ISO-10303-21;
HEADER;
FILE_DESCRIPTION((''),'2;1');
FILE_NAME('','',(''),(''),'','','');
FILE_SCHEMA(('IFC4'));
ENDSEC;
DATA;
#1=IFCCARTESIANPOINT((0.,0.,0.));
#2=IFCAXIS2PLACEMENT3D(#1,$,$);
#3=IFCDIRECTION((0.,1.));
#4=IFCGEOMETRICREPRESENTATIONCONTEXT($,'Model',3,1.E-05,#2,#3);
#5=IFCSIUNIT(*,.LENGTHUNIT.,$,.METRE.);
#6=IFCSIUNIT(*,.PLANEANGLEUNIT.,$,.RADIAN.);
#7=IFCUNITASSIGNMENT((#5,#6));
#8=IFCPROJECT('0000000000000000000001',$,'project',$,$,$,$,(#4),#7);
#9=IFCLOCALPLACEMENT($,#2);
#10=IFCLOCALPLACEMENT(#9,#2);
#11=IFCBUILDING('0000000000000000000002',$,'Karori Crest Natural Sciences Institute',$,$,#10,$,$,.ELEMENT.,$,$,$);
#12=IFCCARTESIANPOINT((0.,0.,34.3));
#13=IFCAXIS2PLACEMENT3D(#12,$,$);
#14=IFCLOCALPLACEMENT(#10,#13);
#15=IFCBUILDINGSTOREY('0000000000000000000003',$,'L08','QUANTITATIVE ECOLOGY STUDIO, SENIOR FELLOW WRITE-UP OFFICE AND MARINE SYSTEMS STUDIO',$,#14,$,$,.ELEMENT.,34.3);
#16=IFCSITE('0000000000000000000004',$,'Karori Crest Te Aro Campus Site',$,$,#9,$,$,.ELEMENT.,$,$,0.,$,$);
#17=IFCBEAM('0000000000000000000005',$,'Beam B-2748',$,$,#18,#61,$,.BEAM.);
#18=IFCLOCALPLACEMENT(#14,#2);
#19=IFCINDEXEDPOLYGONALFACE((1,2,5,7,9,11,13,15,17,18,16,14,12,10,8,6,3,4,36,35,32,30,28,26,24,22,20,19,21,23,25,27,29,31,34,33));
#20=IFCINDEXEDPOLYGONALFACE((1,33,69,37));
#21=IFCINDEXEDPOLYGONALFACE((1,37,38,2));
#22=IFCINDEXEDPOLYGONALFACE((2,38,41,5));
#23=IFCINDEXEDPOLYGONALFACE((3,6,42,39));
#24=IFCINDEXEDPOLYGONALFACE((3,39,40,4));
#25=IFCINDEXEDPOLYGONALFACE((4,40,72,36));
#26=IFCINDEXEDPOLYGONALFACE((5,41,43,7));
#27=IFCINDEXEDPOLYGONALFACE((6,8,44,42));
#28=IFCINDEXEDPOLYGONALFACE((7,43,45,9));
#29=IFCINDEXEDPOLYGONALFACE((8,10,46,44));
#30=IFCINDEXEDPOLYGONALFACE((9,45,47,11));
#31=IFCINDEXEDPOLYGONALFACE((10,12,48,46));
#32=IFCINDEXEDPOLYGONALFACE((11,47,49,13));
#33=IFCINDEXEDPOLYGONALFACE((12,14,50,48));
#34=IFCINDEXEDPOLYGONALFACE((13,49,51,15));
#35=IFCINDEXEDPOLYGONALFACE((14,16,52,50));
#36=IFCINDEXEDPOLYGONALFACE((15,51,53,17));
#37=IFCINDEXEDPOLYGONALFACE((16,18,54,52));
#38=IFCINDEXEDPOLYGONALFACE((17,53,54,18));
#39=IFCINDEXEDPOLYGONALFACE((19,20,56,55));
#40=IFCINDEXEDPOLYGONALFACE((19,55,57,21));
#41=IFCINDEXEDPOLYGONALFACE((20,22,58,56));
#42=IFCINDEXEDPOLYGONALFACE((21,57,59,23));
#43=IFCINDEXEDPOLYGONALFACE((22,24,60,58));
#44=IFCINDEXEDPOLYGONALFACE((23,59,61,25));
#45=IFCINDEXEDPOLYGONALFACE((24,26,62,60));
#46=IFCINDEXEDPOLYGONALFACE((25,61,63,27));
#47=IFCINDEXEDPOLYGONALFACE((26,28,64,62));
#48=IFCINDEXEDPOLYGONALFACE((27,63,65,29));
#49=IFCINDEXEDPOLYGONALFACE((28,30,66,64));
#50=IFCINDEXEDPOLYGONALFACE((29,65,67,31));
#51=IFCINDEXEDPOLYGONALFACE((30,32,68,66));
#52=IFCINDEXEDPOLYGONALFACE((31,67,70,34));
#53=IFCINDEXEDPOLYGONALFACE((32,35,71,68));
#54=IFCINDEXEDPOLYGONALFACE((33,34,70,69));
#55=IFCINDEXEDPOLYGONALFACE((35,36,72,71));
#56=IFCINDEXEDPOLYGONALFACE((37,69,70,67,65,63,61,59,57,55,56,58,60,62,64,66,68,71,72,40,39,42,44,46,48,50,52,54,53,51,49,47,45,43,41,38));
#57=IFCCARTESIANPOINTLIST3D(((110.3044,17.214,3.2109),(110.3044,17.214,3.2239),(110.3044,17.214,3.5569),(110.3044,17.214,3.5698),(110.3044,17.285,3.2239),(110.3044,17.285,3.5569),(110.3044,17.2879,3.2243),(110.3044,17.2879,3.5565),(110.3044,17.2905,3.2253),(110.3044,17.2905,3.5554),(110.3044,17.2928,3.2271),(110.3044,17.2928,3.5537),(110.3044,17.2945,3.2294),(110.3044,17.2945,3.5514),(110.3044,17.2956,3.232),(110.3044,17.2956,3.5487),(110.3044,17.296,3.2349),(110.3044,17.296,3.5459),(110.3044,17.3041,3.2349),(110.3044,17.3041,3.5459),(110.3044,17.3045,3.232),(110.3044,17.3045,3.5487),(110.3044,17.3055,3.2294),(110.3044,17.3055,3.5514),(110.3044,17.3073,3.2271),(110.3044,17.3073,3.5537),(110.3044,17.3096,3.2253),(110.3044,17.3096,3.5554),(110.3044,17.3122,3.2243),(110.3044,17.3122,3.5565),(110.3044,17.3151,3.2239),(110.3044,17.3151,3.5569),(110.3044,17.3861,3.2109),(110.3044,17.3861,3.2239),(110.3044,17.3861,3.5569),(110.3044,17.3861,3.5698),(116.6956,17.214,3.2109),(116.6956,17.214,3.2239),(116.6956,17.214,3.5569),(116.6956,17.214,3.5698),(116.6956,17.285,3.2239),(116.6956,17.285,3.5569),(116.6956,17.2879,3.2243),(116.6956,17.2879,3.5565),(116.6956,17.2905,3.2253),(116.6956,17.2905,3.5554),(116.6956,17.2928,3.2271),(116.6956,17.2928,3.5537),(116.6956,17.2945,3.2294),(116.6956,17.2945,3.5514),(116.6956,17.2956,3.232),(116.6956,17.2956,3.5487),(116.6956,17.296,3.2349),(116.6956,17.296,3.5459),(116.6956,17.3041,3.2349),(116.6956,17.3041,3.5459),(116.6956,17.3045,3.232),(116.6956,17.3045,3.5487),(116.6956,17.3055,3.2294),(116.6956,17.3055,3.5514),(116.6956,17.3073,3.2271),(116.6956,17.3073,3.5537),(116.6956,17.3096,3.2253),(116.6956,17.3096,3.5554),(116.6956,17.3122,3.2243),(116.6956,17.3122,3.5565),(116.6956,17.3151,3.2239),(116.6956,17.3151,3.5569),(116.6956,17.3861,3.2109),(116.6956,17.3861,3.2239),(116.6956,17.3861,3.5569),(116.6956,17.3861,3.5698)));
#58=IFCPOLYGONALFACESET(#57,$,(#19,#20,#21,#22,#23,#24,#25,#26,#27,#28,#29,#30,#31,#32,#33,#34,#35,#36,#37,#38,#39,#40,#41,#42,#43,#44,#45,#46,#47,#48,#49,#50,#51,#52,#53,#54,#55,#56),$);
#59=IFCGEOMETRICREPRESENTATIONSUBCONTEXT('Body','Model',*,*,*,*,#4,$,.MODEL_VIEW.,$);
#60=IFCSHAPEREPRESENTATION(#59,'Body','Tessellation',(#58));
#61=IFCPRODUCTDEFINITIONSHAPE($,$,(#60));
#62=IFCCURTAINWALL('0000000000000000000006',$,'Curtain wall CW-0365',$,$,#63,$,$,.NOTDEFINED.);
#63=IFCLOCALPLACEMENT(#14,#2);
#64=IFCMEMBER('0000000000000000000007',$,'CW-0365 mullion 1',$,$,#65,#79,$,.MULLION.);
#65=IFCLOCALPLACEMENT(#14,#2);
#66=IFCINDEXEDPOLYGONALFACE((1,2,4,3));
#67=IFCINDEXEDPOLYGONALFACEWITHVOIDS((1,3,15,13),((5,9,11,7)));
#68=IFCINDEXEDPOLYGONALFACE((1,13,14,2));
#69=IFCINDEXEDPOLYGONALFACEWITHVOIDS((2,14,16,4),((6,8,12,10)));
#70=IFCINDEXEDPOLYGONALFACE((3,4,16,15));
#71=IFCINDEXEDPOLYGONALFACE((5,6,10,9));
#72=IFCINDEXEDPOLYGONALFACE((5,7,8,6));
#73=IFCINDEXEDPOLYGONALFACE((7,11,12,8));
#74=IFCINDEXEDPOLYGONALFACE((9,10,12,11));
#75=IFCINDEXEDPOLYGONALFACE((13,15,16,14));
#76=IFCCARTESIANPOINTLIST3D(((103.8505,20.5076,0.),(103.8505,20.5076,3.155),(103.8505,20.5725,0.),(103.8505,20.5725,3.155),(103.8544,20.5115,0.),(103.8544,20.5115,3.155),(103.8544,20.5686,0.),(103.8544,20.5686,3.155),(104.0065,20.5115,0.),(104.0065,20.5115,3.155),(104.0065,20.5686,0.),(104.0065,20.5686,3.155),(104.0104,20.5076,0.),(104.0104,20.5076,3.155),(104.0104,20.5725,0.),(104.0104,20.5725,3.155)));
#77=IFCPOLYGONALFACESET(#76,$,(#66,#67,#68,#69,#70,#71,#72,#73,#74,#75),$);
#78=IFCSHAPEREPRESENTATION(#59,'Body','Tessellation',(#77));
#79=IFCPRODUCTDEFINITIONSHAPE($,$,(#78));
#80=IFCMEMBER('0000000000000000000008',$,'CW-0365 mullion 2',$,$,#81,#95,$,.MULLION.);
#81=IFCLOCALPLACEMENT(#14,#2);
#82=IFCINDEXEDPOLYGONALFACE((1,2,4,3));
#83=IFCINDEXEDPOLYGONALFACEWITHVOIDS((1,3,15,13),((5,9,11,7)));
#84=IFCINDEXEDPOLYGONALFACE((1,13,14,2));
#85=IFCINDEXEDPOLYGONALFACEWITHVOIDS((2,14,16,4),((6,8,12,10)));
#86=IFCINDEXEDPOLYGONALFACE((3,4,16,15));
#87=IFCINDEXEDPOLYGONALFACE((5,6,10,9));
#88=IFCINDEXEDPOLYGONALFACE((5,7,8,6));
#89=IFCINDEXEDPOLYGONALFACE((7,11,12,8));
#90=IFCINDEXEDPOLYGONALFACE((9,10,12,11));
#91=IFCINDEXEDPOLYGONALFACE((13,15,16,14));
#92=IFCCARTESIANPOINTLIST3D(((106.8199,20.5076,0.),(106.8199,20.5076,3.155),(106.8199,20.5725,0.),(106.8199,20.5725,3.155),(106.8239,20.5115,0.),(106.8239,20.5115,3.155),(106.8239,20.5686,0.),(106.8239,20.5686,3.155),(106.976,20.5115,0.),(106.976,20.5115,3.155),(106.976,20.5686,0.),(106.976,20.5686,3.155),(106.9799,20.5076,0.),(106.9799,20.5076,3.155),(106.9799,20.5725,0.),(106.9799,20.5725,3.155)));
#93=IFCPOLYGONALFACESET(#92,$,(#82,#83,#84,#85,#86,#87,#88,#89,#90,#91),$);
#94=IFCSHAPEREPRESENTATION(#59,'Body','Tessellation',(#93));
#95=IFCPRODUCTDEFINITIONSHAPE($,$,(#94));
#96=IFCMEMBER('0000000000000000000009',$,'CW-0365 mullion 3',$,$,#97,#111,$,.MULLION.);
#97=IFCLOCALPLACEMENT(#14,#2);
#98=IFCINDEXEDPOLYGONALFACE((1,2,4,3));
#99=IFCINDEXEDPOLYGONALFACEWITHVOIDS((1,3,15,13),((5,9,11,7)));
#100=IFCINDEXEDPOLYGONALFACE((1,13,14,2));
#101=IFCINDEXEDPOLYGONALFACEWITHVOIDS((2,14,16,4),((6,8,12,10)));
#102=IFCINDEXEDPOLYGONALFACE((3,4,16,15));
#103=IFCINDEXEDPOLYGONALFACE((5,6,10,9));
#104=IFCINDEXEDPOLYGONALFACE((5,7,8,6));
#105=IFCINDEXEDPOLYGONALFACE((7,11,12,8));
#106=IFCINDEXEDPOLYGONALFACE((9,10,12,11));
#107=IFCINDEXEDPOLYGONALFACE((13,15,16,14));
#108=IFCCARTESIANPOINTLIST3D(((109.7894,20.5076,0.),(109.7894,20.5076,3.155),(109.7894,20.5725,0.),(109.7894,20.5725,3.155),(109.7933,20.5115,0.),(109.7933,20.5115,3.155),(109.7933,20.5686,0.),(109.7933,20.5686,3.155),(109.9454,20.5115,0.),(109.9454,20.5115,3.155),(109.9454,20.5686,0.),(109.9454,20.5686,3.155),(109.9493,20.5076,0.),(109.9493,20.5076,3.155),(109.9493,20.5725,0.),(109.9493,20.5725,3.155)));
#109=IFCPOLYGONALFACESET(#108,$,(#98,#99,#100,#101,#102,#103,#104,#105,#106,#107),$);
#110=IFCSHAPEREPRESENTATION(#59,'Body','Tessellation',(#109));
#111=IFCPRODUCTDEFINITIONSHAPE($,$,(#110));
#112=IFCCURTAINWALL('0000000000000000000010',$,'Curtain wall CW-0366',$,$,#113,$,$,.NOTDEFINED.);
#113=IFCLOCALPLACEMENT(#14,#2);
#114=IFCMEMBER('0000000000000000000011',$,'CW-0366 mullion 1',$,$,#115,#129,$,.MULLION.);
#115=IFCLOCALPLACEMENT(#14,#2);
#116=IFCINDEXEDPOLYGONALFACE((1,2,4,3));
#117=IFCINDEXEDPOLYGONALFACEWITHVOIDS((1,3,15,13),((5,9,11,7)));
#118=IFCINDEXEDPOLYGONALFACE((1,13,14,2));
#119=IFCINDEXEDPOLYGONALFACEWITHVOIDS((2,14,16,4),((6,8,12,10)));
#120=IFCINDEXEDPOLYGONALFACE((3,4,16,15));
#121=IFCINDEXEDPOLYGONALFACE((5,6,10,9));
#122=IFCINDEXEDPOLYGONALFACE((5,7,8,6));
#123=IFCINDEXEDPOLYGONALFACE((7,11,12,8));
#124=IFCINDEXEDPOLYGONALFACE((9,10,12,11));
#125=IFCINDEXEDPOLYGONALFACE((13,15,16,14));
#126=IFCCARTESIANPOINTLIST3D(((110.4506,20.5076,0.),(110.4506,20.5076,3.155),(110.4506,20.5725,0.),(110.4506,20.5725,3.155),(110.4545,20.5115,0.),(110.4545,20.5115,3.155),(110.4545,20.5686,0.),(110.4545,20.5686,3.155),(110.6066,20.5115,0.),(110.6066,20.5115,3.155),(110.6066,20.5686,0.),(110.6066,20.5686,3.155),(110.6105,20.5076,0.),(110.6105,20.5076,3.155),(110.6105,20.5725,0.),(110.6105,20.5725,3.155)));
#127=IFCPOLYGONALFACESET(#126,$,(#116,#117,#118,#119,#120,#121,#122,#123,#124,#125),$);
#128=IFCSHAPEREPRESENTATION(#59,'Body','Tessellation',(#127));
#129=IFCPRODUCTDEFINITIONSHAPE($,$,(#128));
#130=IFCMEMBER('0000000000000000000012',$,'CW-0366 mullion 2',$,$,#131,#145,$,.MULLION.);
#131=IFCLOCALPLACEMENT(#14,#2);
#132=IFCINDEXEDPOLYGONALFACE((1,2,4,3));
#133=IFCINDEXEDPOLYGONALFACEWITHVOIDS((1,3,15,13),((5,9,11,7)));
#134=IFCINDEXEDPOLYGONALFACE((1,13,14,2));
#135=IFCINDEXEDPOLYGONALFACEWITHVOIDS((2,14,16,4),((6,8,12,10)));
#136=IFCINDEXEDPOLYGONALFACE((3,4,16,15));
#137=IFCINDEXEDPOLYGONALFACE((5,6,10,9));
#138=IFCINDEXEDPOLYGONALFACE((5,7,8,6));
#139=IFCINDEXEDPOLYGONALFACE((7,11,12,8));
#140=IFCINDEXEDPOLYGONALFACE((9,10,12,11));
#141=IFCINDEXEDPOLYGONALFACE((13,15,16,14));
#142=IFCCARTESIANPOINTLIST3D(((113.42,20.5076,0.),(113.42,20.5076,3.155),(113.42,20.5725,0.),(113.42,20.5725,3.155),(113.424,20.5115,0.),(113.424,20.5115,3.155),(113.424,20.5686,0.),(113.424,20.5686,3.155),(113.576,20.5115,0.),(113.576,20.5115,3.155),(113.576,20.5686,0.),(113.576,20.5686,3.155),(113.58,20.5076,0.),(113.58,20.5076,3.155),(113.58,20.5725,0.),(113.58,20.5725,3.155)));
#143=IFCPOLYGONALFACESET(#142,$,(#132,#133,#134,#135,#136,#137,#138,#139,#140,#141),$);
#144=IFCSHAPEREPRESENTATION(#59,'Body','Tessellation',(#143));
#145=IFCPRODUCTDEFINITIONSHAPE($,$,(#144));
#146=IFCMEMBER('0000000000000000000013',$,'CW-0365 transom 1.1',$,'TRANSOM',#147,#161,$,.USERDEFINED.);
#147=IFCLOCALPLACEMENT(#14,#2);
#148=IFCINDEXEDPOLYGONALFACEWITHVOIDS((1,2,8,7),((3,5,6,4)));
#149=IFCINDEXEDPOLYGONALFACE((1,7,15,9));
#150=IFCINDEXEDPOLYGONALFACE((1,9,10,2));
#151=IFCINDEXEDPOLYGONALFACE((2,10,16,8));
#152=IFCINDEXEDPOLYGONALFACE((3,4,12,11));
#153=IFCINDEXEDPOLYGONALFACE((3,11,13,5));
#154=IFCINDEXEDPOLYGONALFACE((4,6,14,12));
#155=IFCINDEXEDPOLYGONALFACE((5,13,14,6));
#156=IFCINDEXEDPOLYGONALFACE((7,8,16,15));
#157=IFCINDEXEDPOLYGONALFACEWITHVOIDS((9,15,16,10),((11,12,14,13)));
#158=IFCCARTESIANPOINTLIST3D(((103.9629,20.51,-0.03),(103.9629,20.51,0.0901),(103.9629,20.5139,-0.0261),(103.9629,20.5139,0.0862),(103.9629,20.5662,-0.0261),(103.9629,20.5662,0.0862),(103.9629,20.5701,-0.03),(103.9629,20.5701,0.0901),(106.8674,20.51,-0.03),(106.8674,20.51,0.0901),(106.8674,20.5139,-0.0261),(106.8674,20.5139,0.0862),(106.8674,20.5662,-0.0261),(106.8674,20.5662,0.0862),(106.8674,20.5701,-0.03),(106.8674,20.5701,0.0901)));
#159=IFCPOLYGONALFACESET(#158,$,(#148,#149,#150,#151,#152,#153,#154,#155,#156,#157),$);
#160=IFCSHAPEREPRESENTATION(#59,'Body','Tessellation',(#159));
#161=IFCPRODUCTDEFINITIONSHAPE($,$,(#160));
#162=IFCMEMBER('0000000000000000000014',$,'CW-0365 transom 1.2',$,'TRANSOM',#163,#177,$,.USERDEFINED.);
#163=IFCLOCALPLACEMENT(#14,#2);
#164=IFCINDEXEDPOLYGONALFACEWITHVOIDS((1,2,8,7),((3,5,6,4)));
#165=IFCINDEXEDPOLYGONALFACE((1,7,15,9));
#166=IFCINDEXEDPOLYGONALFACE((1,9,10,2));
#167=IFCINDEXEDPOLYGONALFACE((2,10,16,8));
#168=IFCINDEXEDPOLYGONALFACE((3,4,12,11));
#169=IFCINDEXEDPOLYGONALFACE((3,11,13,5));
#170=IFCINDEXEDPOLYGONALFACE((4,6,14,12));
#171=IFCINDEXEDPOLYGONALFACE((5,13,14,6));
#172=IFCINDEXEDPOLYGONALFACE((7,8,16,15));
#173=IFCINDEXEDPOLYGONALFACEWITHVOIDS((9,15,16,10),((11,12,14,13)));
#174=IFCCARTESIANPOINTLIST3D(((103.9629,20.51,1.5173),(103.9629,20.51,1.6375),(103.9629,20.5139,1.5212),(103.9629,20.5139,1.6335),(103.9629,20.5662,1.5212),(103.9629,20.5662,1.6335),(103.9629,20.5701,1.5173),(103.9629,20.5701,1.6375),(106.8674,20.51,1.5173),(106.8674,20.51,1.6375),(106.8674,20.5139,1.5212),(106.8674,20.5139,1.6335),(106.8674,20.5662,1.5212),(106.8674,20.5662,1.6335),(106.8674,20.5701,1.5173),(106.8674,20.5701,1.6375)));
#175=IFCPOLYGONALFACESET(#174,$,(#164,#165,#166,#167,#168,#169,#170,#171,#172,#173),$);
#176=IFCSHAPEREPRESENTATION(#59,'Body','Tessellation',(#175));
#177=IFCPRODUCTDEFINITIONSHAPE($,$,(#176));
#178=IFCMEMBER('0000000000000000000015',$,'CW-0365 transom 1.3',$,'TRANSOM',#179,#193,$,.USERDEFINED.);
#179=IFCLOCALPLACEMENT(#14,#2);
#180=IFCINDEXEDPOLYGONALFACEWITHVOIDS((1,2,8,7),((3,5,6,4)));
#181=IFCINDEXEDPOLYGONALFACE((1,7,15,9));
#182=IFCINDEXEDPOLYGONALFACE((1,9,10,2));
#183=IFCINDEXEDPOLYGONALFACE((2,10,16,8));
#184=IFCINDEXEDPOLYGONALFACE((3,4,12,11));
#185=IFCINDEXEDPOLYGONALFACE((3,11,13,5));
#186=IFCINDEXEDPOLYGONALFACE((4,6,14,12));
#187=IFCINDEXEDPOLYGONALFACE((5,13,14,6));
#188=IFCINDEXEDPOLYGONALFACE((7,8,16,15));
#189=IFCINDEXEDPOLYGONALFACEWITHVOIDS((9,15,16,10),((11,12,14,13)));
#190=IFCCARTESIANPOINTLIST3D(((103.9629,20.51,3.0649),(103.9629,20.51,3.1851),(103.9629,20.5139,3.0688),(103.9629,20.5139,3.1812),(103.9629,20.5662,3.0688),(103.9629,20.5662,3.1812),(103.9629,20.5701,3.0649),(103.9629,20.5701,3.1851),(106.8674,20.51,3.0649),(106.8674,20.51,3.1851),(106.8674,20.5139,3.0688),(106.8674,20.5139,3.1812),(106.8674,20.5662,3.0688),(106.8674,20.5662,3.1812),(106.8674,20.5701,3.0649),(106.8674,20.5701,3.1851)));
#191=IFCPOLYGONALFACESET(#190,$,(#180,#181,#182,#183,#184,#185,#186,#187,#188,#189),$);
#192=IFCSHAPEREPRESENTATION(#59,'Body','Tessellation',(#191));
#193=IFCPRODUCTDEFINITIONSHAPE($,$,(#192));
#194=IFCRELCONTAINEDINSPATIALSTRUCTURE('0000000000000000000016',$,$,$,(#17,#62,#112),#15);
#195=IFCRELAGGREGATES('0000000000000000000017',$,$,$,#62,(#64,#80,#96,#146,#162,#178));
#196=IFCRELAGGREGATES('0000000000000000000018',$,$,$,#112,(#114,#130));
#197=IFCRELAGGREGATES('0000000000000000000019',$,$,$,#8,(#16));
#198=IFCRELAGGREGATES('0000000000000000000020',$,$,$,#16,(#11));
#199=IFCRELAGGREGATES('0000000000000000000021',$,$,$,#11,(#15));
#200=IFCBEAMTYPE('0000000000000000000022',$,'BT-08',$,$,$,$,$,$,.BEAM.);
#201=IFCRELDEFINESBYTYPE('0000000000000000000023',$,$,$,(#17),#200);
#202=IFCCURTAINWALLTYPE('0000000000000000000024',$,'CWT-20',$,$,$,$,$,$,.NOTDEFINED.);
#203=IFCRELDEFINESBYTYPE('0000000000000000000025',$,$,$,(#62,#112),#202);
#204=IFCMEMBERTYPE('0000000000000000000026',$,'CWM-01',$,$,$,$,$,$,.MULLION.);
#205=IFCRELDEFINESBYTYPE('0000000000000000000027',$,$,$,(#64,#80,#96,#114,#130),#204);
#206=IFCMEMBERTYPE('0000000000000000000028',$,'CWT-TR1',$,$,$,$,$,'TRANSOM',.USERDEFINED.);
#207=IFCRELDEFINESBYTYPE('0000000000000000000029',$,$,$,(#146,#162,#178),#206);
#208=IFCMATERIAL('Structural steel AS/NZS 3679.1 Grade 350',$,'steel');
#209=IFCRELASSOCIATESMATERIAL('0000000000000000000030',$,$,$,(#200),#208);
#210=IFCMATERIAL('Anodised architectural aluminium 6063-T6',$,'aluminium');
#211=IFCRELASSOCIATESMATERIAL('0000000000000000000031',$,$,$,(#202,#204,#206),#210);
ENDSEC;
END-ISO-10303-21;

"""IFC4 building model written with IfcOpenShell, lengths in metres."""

from ifc_helpers import new_model, si_unit, direction, frame, origin, origin_2d, place, context, subcontext, project, spatial, hollow_rectangle, i_section, extrude, material, material_profile, profile_set, type_object, element, aggregate, save


model = new_model("IFC4")

# Units and contexts
model_context = context("Model", 3, precision=1e-05, world=origin(), true_north=direction((0.0, 1.0)))
body_context = subcontext(model_context, "Body", "Model", "MODEL_VIEW")
ifc_project = project(units=[si_unit("LENGTHUNIT", "METRE"), si_unit("PLANEANGLEUNIT", "RADIAN")], contexts=[model_context])

# Site, building, storey
site_placement = place(None, origin())
site = spatial("IfcSite", under=ifc_project, at=site_placement, Name="Karori Crest Te Aro Campus Site", CompositionType="ELEMENT", RefElevation=0.0)
building_placement = place(site_placement, origin())
building = spatial("IfcBuilding", under=site, at=building_placement, Name="Karori Crest Natural Sciences Institute", CompositionType="ELEMENT")
storey_placement = place(building_placement, frame((0.0, 0.0, 34.3)))
storey = spatial("IfcBuildingStorey", under=building, at=storey_placement, Name="L08", Description="QUANTITATIVE ECOLOGY STUDIO, SENIOR FELLOW WRITE-UP OFFICE AND MARINE SYSTEMS STUDIO", CompositionType="ELEMENT", Elevation=34.3)

# Beam
ifc_material_1 = material(Name="Structural steel AS/NZS 3679.1 Grade 350", Category="steel")
ifc_material_profile_1 = material_profile(ifc_material_1, i_section(OverallWidth=0.1721, OverallDepth=0.3589, WebThickness=0.0081, FlangeThickness=0.0129, FilletRadius=0.011, at=origin_2d()), Name="360UB56.7")
ifc_profile_set_1 = profile_set([ifc_material_profile_1], Name="Structural steel AS/NZS 3679.1 Grade 350")
beam_type = type_object("IfcBeamType", Name="BT-08", PredefinedType="BEAM", material=ifc_profile_set_1)
beam_placement = place(storey_placement, frame((110.3044, 17.3, 3.3904), z_axis=(1.0, 0.0, 0.0), x_axis=(0.0, 1.0, 0.0)))
element("IfcBeam", 1, at=beam_placement, inside=storey, type_object=beam_type, Name="Beam B-2748", PredefinedType="BEAM", context=body_context, shape_type="SweptSolid", body=[
    extrude(i_section(OverallWidth=0.1721, OverallDepth=0.3589, WebThickness=0.0081, FlangeThickness=0.0129, FilletRadius=0.011, at=origin_2d()), origin(), (0.0, 0.0, 1.0), 6.3911),
])

# Curtain walls, members
ifc_material_2 = material(Name="Anodised architectural aluminium 6063-T6", Category="aluminium")
curtain_wall_type = type_object("IfcCurtainWallType", Name="CWT-20", PredefinedType="NOTDEFINED", material=ifc_material_2)
curtain_wall_1_placement = place(storey_placement, origin())
curtain_wall_1 = element("IfcCurtainWall", 2, at=curtain_wall_1_placement, inside=storey, type_object=curtain_wall_type, Name="Curtain wall CW-0365", PredefinedType="NOTDEFINED")
ifc_material_profile_2 = material_profile(ifc_material_2, hollow_rectangle(XDim=0.0649, YDim=0.1599, WallThickness=0.0039, at=origin_2d()), Name="CWM160x65x4")
ifc_profile_set_2 = profile_set([ifc_material_profile_2], Name="Anodised architectural aluminium 6063-T6")
member_type_1 = type_object("IfcMemberType", Name="CWM-01", PredefinedType="MULLION", material=ifc_profile_set_2)
member_1_placement = place(storey_placement, frame((103.9304, 20.54, 0.0), z_axis=(0.0, 0.0, 1.0), x_axis=(0.0, 1.0, 0.0)))
member_1 = element("IfcMember", 3, at=member_1_placement, type_object=member_type_1, Name="CW-0365 mullion 1", PredefinedType="MULLION", context=body_context, shape_type="SweptSolid", body=[
    extrude(hollow_rectangle(XDim=0.0649, YDim=0.1599, WallThickness=0.0039, at=origin_2d()), origin(), (0.0, 0.0, 1.0), 3.155),
])
member_2_placement = place(storey_placement, frame((106.8999, 20.54, 0.0), z_axis=(0.0, 0.0, 1.0), x_axis=(0.0, 1.0, 0.0)))
member_2 = element("IfcMember", 4, at=member_2_placement, type_object=member_type_1, Name="CW-0365 mullion 2", PredefinedType="MULLION", context=body_context, shape_type="SweptSolid", body=[
    extrude(hollow_rectangle(XDim=0.0649, YDim=0.1599, WallThickness=0.0039, at=origin_2d()), origin(), (0.0, 0.0, 1.0), 3.155),
])
member_3_placement = place(storey_placement, frame((109.8694, 20.54, 0.0), z_axis=(0.0, 0.0, 1.0), x_axis=(0.0, 1.0, 0.0)))
member_3 = element("IfcMember", 5, at=member_3_placement, type_object=member_type_1, Name="CW-0365 mullion 3", PredefinedType="MULLION", context=body_context, shape_type="SweptSolid", body=[
    extrude(hollow_rectangle(XDim=0.0649, YDim=0.1599, WallThickness=0.0039, at=origin_2d()), origin(), (0.0, 0.0, 1.0), 3.155),
])
curtain_wall_2_placement = place(storey_placement, origin())
curtain_wall_2 = element("IfcCurtainWall", 6, at=curtain_wall_2_placement, inside=storey, type_object=curtain_wall_type, Name="Curtain wall CW-0366", PredefinedType="NOTDEFINED")
member_4_placement = place(storey_placement, frame((110.5305, 20.54, 0.0), z_axis=(0.0, 0.0, 1.0), x_axis=(0.0, 1.0, 0.0)))
member_4 = element("IfcMember", 7, at=member_4_placement, type_object=member_type_1, Name="CW-0366 mullion 1", PredefinedType="MULLION", context=body_context, shape_type="SweptSolid", body=[
    extrude(hollow_rectangle(XDim=0.0649, YDim=0.1599, WallThickness=0.0039, at=origin_2d()), origin(), (0.0, 0.0, 1.0), 3.155),
])
member_5_placement = place(storey_placement, frame((113.5, 20.54, 0.0), z_axis=(0.0, 0.0, 1.0), x_axis=(0.0, 1.0, 0.0)))
member_5 = element("IfcMember", 8, at=member_5_placement, type_object=member_type_1, Name="CW-0366 mullion 2", PredefinedType="MULLION", context=body_context, shape_type="SweptSolid", body=[
    extrude(hollow_rectangle(XDim=0.0649, YDim=0.1599, WallThickness=0.0039, at=origin_2d()), origin(), (0.0, 0.0, 1.0), 3.155),
])

# Members
ifc_material_profile_3 = material_profile(ifc_material_2, hollow_rectangle(XDim=0.0601, YDim=0.1201, WallThickness=0.0039, at=origin_2d()), Name="CWT120x60x4")
ifc_profile_set_3 = profile_set([ifc_material_profile_3], Name="Anodised architectural aluminium 6063-T6")
member_type_2 = type_object("IfcMemberType", Name="CWT-TR1", ElementType="TRANSOM", PredefinedType="USERDEFINED", material=ifc_profile_set_3)
member_6_placement = place(storey_placement, frame((103.9629, 20.54, 0.03), z_axis=(1.0, 0.0, 0.0), x_axis=(0.0, 1.0, 0.0)))
member_6 = element("IfcMember", 9, at=member_6_placement, type_object=member_type_2, Name="CW-0365 transom 1.1", ObjectType="TRANSOM", PredefinedType="USERDEFINED", context=body_context, shape_type="SweptSolid", body=[
    extrude(hollow_rectangle(XDim=0.0601, YDim=0.1201, WallThickness=0.0039, at=origin_2d()), origin(), (0.0, 0.0, 1.0), 2.9045),
])
member_7_placement = place(storey_placement, frame((103.9629, 20.54, 1.5774), z_axis=(1.0, 0.0, 0.0), x_axis=(0.0, 1.0, 0.0)))
member_7 = element("IfcMember", 10, at=member_7_placement, type_object=member_type_2, Name="CW-0365 transom 1.2", ObjectType="TRANSOM", PredefinedType="USERDEFINED", context=body_context, shape_type="SweptSolid", body=[
    extrude(hollow_rectangle(XDim=0.0601, YDim=0.1201, WallThickness=0.0039, at=origin_2d()), origin(), (0.0, 0.0, 1.0), 2.9045),
])
member_8_placement = place(storey_placement, frame((103.9629, 20.54, 3.125), z_axis=(1.0, 0.0, 0.0), x_axis=(0.0, 1.0, 0.0)))
member_8 = element("IfcMember", 11, at=member_8_placement, type_object=member_type_2, Name="CW-0365 transom 1.3", ObjectType="TRANSOM", PredefinedType="USERDEFINED", context=body_context, shape_type="SweptSolid", body=[
    extrude(hollow_rectangle(XDim=0.0601, YDim=0.1201, WallThickness=0.0039, at=origin_2d()), origin(), (0.0, 0.0, 1.0), 2.9045),
])

aggregate(curtain_wall_1, [member_1, member_2, member_3, member_6, member_7, member_8])
aggregate(curtain_wall_2, [member_4, member_5])

save(model, "model.ifc")
